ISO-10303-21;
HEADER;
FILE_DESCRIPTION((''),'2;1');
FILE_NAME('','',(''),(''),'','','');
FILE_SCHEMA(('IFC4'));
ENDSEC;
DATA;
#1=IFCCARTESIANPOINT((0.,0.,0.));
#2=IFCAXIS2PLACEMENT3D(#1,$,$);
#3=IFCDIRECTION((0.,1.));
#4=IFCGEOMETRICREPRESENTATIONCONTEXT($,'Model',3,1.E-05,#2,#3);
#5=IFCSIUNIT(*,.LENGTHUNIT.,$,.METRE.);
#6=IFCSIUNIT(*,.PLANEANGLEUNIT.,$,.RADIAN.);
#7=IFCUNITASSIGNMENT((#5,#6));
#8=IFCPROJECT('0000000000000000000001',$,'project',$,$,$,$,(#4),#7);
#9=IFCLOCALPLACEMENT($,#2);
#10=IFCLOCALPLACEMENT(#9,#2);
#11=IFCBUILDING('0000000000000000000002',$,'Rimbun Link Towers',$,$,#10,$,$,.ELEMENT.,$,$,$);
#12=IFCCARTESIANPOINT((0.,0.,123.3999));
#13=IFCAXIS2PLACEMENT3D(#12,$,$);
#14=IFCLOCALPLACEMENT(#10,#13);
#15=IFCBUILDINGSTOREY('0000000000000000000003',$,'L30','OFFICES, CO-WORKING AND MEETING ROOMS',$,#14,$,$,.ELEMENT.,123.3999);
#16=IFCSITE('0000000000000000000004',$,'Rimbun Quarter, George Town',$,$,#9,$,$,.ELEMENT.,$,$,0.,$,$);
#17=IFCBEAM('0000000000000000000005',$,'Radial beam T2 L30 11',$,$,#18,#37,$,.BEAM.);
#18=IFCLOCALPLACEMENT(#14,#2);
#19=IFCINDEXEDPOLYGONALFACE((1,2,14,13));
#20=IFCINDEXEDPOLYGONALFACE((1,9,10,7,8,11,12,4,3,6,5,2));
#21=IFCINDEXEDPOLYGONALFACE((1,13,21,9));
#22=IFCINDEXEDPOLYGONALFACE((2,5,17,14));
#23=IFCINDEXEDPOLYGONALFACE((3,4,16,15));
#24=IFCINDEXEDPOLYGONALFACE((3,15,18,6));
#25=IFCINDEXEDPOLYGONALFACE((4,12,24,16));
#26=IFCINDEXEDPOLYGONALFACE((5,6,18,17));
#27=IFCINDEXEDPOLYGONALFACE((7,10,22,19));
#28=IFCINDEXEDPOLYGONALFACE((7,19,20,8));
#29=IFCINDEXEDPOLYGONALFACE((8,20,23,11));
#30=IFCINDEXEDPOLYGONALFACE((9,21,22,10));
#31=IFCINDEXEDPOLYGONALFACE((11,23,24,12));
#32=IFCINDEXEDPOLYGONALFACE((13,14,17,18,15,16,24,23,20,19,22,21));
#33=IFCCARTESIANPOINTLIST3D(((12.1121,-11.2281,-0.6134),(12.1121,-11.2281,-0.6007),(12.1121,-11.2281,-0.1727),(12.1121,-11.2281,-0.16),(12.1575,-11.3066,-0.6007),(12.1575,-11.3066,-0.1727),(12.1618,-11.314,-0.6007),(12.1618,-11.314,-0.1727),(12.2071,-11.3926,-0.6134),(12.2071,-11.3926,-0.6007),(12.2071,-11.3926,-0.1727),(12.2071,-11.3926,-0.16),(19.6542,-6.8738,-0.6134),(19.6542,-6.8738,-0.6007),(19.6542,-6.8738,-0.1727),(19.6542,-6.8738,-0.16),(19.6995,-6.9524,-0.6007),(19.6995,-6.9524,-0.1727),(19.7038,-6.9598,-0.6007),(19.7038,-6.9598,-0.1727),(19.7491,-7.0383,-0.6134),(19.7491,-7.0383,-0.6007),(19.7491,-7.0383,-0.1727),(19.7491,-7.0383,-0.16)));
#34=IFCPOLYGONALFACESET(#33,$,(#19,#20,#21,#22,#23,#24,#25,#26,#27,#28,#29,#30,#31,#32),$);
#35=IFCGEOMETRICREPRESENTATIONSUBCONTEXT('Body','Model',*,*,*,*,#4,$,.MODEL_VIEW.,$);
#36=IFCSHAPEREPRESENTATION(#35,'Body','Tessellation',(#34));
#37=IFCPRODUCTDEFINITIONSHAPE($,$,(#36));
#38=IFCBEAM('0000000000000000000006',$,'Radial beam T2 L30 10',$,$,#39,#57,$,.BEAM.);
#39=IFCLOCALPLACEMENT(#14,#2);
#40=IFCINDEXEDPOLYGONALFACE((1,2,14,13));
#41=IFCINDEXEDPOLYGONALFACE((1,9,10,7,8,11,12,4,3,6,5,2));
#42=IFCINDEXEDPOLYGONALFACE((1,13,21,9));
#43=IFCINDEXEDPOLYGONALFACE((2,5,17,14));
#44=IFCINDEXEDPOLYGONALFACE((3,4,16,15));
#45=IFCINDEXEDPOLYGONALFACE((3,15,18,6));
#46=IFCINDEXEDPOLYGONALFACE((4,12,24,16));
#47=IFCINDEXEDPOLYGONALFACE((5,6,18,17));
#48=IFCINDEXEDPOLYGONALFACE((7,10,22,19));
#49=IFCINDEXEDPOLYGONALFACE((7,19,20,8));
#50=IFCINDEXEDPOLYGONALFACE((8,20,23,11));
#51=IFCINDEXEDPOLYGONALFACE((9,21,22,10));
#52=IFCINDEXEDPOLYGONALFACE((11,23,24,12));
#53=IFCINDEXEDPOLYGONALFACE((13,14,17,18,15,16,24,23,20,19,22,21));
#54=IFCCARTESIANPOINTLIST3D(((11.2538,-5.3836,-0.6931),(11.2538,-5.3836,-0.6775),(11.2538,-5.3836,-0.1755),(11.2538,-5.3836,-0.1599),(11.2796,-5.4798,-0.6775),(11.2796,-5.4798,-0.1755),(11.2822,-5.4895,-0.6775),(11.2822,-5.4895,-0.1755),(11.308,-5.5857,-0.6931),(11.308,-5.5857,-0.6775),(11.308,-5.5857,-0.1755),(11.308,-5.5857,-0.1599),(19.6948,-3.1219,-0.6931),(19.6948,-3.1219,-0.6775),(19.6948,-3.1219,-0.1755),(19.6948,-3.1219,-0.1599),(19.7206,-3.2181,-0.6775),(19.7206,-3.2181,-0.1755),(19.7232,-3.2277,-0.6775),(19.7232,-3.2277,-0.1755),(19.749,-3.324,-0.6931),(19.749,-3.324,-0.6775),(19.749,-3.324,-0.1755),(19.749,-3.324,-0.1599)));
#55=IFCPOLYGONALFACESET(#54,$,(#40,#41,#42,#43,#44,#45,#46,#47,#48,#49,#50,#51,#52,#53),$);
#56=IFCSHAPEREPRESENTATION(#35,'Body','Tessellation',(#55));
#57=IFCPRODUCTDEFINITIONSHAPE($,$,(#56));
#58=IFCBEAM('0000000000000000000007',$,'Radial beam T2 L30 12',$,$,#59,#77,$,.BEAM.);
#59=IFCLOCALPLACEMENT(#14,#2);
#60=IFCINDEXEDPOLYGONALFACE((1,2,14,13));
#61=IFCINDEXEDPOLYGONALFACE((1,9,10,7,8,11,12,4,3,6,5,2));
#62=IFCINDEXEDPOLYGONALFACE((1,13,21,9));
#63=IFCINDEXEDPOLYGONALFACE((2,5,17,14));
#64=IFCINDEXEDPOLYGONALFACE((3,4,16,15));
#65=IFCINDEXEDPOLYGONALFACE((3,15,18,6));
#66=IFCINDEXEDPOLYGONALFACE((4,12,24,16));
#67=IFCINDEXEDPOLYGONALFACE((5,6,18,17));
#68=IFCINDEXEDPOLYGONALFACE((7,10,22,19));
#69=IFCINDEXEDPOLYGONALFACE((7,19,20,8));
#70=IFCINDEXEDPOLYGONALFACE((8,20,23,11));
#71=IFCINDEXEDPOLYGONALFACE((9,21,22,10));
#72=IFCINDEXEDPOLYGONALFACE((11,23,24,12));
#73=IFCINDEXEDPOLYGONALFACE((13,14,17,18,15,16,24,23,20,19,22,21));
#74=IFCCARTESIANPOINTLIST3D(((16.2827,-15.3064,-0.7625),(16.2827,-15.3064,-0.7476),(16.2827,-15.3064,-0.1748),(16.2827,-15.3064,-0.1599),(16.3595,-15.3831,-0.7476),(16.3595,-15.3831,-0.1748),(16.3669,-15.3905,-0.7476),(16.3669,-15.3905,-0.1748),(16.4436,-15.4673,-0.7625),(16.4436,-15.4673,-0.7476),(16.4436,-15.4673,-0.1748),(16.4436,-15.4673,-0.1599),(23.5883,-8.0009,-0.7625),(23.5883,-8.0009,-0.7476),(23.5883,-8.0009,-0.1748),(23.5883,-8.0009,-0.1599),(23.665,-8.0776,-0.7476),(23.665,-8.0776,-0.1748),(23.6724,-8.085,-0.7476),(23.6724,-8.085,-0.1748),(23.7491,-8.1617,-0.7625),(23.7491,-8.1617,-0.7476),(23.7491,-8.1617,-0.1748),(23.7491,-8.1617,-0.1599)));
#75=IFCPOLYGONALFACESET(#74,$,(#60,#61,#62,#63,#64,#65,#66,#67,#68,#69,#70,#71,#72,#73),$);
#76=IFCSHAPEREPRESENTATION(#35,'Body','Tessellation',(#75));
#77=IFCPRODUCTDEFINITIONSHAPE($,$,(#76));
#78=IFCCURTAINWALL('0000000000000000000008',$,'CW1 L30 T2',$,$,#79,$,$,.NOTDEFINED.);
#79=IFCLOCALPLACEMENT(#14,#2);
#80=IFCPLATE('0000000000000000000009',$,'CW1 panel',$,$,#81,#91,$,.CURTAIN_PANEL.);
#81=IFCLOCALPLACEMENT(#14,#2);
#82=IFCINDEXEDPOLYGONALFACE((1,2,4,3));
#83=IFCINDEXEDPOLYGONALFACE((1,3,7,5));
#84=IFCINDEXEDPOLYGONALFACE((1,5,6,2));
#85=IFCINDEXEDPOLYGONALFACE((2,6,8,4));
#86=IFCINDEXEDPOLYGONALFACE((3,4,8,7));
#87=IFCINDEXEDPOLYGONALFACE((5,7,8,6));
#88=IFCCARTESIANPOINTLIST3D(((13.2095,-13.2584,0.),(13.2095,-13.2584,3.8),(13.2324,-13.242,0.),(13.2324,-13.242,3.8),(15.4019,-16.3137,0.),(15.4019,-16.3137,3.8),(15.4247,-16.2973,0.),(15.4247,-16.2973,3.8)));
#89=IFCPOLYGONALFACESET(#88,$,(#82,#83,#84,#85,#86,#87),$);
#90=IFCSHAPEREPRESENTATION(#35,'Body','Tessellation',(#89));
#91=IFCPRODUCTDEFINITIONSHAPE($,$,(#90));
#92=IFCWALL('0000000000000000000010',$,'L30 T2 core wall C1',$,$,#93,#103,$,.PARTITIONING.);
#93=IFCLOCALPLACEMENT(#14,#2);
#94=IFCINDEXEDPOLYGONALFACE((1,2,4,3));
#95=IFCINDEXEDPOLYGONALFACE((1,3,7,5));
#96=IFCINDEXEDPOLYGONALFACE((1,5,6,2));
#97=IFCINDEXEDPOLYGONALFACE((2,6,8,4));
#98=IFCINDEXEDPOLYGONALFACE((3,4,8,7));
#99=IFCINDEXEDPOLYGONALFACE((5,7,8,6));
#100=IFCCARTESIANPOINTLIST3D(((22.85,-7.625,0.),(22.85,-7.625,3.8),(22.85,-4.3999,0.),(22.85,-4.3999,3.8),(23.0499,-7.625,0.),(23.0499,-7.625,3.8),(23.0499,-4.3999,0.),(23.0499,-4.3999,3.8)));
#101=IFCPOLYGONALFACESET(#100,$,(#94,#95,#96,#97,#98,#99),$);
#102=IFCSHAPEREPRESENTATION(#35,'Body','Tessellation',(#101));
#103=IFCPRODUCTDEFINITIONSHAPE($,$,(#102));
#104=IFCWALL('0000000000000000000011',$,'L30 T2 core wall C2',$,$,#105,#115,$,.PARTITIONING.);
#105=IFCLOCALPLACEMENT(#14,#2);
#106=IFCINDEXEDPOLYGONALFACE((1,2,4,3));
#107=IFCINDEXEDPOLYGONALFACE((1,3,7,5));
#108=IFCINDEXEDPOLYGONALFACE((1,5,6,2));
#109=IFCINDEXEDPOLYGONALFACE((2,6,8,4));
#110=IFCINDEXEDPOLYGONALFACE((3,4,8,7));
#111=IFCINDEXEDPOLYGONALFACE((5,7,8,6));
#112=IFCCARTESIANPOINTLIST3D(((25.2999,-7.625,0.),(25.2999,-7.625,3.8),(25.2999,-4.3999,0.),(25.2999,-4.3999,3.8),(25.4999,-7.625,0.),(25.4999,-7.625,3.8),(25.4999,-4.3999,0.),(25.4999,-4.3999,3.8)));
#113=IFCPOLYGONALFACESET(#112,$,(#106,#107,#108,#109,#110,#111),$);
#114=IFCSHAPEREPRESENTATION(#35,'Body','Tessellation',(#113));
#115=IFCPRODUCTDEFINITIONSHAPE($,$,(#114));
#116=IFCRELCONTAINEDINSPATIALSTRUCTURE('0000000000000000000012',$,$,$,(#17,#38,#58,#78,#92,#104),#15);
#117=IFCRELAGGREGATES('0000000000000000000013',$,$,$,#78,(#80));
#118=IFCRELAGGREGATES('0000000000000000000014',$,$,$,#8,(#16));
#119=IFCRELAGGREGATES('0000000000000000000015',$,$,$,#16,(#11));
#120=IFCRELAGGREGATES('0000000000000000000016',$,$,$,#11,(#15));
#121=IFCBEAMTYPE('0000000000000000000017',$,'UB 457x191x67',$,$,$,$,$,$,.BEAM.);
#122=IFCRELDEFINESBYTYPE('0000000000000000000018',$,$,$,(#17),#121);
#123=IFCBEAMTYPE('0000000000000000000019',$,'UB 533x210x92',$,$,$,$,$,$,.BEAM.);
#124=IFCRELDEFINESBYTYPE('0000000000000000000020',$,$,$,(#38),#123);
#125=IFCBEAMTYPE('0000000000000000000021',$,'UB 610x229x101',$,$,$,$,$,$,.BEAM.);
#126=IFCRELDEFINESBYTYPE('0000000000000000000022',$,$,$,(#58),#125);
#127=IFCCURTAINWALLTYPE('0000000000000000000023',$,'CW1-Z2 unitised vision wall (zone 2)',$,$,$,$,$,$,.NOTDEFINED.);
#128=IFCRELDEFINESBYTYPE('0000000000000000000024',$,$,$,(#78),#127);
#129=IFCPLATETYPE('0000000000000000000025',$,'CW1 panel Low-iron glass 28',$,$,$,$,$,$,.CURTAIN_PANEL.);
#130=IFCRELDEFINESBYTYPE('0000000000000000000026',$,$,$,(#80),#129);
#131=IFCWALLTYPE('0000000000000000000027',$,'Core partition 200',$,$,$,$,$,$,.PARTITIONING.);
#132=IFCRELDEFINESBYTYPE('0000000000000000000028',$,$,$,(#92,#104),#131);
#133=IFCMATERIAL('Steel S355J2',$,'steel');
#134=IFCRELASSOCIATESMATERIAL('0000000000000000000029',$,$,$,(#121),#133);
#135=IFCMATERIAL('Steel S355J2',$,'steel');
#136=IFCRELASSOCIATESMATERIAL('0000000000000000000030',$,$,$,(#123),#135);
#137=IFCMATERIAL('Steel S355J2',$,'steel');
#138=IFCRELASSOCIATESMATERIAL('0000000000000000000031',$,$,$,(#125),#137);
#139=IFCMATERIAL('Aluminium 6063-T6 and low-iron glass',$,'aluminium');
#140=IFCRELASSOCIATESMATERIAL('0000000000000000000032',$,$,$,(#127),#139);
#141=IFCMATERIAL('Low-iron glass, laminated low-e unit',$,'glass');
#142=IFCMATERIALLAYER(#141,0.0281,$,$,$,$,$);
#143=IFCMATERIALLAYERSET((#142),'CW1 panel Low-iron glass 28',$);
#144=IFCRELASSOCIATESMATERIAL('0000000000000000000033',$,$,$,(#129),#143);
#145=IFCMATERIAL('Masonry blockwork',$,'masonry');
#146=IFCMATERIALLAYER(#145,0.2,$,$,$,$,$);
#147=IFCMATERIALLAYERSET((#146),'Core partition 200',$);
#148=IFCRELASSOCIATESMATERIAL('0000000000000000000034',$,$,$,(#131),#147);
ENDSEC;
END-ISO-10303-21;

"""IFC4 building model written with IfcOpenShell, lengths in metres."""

from ifc_helpers import new_model, si_unit, direction, frame, frame_2d, origin, origin_2d, place, context, subcontext, project, spatial, rectangle, i_section, extrude, material, layer, layer_set, material_profile, profile_set, type_object, element, aggregate, save


model = new_model("IFC4")

# Units and contexts
model_context = context("Model", 3, precision=1e-05, world=origin(), true_north=direction((0.0, 1.0)))
body_context = subcontext(model_context, "Body", "Model", "MODEL_VIEW")
ifc_project = project(units=[si_unit("LENGTHUNIT", "METRE"), si_unit("PLANEANGLEUNIT", "RADIAN")], contexts=[model_context])

# Site, building, storey
site_placement = place(None, origin())
site = spatial("IfcSite", under=ifc_project, at=site_placement, Name="Rimbun Quarter, George Town", CompositionType="ELEMENT", RefElevation=0.0)
building_placement = place(site_placement, origin())
building = spatial("IfcBuilding", under=site, at=building_placement, Name="Rimbun Link Towers", CompositionType="ELEMENT")
storey_placement = place(building_placement, frame((0.0, 0.0, 123.3999)))
storey = spatial("IfcBuildingStorey", under=building, at=storey_placement, Name="L30", Description="OFFICES, CO-WORKING AND MEETING ROOMS", CompositionType="ELEMENT", Elevation=123.3999)

# Beams
ifc_material_1 = material(Name="Steel S355J2", Category="steel")
ifc_material_profile_1 = material_profile(ifc_material_1, i_section(OverallWidth=0.1899, OverallDepth=0.4534, WebThickness=0.0085, FlangeThickness=0.0127, at=origin_2d()), Name="UB 457x191x67")
ifc_profile_set_1 = profile_set([ifc_material_profile_1], Name="Steel S355J2")
beam_type_1 = type_object("IfcBeamType", Name="UB 457x191x67", PredefinedType="BEAM", material=ifc_profile_set_1)
beam_1_placement = place(storey_placement, frame((19.7017, -6.9561, -0.3867), z_axis=(-0.866032, -0.499989, 0.0), x_axis=(0.499989, -0.866032, 0.0)))
element("IfcBeam", 1, at=beam_1_placement, inside=storey, type_object=beam_type_1, Name="Radial beam T2 L30 11", PredefinedType="BEAM", context=body_context, shape_type="SweptSolid", body=[
    extrude(i_section(OverallWidth=0.1899, OverallDepth=0.4534, WebThickness=0.0085, FlangeThickness=0.0127, at=origin_2d()), origin(), (0.0, 0.0, 1.0), 8.7087),
])
ifc_material_2 = material(Name="Steel S355J2", Category="steel")
ifc_material_profile_2 = material_profile(ifc_material_2, i_section(OverallWidth=0.2092, OverallDepth=0.5332, WebThickness=0.01, FlangeThickness=0.0156, at=origin_2d()), Name="UB 533x210x92")
ifc_profile_set_2 = profile_set([ifc_material_profile_2], Name="Steel S355J2")
beam_type_2 = type_object("IfcBeamType", Name="UB 533x210x92", PredefinedType="BEAM", material=ifc_profile_set_2)
beam_2_placement = place(storey_placement, frame((19.7219, -3.2229, -0.4265), z_axis=(-0.965926, -0.258817, 0.0), x_axis=(0.258817, -0.965926, 0.0)))
element("IfcBeam", 2, at=beam_2_placement, inside=storey, type_object=beam_type_2, Name="Radial beam T2 L30 10", PredefinedType="BEAM", context=body_context, shape_type="SweptSolid", body=[
    extrude(i_section(OverallWidth=0.2092, OverallDepth=0.5332, WebThickness=0.01, FlangeThickness=0.0156, at=origin_2d()), origin(), (0.0, 0.0, 1.0), 8.7388),
])
ifc_material_3 = material(Name="Steel S355J2", Category="steel")
ifc_material_profile_3 = material_profile(ifc_material_3, i_section(OverallWidth=0.2275, OverallDepth=0.6025, WebThickness=0.0105, FlangeThickness=0.0149, at=origin_2d()), Name="UB 610x229x101")
ifc_profile_set_3 = profile_set([ifc_material_profile_3], Name="Steel S355J2")
beam_type_3 = type_object("IfcBeamType", Name="UB 610x229x101", PredefinedType="BEAM", material=ifc_profile_set_3)
beam_3_placement = place(storey_placement, frame((23.6687, -8.0813, -0.4612), z_axis=(-0.707107, -0.707107, 0.0), x_axis=(0.707107, -0.707107, 0.0)))
element("IfcBeam", 3, at=beam_3_placement, inside=storey, type_object=beam_type_3, Name="Radial beam T2 L30 12", PredefinedType="BEAM", context=body_context, shape_type="SweptSolid", body=[
    extrude(i_section(OverallWidth=0.2275, OverallDepth=0.6025, WebThickness=0.0105, FlangeThickness=0.0149, at=origin_2d()), origin(), (0.0, 0.0, 1.0), 10.3315),
])

# Curtain wall, plate
ifc_material_4 = material(Name="Aluminium 6063-T6 and low-iron glass", Category="aluminium")
curtain_wall_type = type_object("IfcCurtainWallType", Name="CW1-Z2 unitised vision wall (zone 2)", PredefinedType="NOTDEFINED", material=ifc_material_4)
curtain_wall_placement = place(storey_placement, origin())
curtain_wall = element("IfcCurtainWall", 4, at=curtain_wall_placement, inside=storey, type_object=curtain_wall_type, Name="CW1 L30 T2", PredefinedType="NOTDEFINED")
ifc_material_5 = material(Name="Low-iron glass, laminated low-e unit", Category="glass")
ifc_layer_1 = layer(ifc_material_5, 0.0281)
ifc_layer_set_1 = layer_set([ifc_layer_1], Name="CW1 panel Low-iron glass 28")
plate_type = type_object("IfcPlateType", Name="CW1 panel Low-iron glass 28", PredefinedType="CURTAIN_PANEL", material=ifc_layer_set_1)
plate_placement = place(storey_placement, frame((14.3171, -14.7778, 0.0), z_axis=(0.0, 0.0, 1.0), x_axis=(-0.583004, 0.812469, 0.0)))
plate = element("IfcPlate", 5, at=plate_placement, type_object=plate_type, Name="CW1 panel", PredefinedType="CURTAIN_PANEL", context=body_context, shape_type="SweptSolid", body=[
    extrude(rectangle(XDim=3.7605, YDim=0.0281, at=origin_2d()), origin(), (0.0, 0.0, 1.0), 3.8),
])
aggregate(curtain_wall, [plate])

# Walls
ifc_material_6 = material(Name="Masonry blockwork", Category="masonry")
ifc_layer_2 = layer(ifc_material_6, 0.2)
ifc_layer_set_2 = layer_set([ifc_layer_2], Name="Core partition 200")
wall_type_1 = type_object("IfcWallType", Name="Core partition 200", PredefinedType="PARTITIONING", material=ifc_layer_set_2)
for number, where, z_axis, x_axis, name in (
    (6, (22.95, -4.3999, 0.0), (0.0, 0.0, 1.0), (0.0, -1.0, 0.0), "L30 T2 core wall C1"),
    (7, (25.3999, -4.3999, 0.0), (0.0, 0.0, 1.0), (0.0, -1.0, 0.0), "L30 T2 core wall C2"),
):
    element("IfcWall", number, at=place(storey_placement, frame(where, z_axis=z_axis, x_axis=x_axis)), inside=storey, type_object=wall_type_1, Name=name, PredefinedType="PARTITIONING", context=body_context, shape_type="SweptSolid", body=[
        extrude(rectangle(XDim=3.2251, YDim=0.2, at=frame_2d((1.6125, 0.0))), origin(), (0.0, 0.0, 1.0), 3.8),
    ])

save(model, "model.ifc")
